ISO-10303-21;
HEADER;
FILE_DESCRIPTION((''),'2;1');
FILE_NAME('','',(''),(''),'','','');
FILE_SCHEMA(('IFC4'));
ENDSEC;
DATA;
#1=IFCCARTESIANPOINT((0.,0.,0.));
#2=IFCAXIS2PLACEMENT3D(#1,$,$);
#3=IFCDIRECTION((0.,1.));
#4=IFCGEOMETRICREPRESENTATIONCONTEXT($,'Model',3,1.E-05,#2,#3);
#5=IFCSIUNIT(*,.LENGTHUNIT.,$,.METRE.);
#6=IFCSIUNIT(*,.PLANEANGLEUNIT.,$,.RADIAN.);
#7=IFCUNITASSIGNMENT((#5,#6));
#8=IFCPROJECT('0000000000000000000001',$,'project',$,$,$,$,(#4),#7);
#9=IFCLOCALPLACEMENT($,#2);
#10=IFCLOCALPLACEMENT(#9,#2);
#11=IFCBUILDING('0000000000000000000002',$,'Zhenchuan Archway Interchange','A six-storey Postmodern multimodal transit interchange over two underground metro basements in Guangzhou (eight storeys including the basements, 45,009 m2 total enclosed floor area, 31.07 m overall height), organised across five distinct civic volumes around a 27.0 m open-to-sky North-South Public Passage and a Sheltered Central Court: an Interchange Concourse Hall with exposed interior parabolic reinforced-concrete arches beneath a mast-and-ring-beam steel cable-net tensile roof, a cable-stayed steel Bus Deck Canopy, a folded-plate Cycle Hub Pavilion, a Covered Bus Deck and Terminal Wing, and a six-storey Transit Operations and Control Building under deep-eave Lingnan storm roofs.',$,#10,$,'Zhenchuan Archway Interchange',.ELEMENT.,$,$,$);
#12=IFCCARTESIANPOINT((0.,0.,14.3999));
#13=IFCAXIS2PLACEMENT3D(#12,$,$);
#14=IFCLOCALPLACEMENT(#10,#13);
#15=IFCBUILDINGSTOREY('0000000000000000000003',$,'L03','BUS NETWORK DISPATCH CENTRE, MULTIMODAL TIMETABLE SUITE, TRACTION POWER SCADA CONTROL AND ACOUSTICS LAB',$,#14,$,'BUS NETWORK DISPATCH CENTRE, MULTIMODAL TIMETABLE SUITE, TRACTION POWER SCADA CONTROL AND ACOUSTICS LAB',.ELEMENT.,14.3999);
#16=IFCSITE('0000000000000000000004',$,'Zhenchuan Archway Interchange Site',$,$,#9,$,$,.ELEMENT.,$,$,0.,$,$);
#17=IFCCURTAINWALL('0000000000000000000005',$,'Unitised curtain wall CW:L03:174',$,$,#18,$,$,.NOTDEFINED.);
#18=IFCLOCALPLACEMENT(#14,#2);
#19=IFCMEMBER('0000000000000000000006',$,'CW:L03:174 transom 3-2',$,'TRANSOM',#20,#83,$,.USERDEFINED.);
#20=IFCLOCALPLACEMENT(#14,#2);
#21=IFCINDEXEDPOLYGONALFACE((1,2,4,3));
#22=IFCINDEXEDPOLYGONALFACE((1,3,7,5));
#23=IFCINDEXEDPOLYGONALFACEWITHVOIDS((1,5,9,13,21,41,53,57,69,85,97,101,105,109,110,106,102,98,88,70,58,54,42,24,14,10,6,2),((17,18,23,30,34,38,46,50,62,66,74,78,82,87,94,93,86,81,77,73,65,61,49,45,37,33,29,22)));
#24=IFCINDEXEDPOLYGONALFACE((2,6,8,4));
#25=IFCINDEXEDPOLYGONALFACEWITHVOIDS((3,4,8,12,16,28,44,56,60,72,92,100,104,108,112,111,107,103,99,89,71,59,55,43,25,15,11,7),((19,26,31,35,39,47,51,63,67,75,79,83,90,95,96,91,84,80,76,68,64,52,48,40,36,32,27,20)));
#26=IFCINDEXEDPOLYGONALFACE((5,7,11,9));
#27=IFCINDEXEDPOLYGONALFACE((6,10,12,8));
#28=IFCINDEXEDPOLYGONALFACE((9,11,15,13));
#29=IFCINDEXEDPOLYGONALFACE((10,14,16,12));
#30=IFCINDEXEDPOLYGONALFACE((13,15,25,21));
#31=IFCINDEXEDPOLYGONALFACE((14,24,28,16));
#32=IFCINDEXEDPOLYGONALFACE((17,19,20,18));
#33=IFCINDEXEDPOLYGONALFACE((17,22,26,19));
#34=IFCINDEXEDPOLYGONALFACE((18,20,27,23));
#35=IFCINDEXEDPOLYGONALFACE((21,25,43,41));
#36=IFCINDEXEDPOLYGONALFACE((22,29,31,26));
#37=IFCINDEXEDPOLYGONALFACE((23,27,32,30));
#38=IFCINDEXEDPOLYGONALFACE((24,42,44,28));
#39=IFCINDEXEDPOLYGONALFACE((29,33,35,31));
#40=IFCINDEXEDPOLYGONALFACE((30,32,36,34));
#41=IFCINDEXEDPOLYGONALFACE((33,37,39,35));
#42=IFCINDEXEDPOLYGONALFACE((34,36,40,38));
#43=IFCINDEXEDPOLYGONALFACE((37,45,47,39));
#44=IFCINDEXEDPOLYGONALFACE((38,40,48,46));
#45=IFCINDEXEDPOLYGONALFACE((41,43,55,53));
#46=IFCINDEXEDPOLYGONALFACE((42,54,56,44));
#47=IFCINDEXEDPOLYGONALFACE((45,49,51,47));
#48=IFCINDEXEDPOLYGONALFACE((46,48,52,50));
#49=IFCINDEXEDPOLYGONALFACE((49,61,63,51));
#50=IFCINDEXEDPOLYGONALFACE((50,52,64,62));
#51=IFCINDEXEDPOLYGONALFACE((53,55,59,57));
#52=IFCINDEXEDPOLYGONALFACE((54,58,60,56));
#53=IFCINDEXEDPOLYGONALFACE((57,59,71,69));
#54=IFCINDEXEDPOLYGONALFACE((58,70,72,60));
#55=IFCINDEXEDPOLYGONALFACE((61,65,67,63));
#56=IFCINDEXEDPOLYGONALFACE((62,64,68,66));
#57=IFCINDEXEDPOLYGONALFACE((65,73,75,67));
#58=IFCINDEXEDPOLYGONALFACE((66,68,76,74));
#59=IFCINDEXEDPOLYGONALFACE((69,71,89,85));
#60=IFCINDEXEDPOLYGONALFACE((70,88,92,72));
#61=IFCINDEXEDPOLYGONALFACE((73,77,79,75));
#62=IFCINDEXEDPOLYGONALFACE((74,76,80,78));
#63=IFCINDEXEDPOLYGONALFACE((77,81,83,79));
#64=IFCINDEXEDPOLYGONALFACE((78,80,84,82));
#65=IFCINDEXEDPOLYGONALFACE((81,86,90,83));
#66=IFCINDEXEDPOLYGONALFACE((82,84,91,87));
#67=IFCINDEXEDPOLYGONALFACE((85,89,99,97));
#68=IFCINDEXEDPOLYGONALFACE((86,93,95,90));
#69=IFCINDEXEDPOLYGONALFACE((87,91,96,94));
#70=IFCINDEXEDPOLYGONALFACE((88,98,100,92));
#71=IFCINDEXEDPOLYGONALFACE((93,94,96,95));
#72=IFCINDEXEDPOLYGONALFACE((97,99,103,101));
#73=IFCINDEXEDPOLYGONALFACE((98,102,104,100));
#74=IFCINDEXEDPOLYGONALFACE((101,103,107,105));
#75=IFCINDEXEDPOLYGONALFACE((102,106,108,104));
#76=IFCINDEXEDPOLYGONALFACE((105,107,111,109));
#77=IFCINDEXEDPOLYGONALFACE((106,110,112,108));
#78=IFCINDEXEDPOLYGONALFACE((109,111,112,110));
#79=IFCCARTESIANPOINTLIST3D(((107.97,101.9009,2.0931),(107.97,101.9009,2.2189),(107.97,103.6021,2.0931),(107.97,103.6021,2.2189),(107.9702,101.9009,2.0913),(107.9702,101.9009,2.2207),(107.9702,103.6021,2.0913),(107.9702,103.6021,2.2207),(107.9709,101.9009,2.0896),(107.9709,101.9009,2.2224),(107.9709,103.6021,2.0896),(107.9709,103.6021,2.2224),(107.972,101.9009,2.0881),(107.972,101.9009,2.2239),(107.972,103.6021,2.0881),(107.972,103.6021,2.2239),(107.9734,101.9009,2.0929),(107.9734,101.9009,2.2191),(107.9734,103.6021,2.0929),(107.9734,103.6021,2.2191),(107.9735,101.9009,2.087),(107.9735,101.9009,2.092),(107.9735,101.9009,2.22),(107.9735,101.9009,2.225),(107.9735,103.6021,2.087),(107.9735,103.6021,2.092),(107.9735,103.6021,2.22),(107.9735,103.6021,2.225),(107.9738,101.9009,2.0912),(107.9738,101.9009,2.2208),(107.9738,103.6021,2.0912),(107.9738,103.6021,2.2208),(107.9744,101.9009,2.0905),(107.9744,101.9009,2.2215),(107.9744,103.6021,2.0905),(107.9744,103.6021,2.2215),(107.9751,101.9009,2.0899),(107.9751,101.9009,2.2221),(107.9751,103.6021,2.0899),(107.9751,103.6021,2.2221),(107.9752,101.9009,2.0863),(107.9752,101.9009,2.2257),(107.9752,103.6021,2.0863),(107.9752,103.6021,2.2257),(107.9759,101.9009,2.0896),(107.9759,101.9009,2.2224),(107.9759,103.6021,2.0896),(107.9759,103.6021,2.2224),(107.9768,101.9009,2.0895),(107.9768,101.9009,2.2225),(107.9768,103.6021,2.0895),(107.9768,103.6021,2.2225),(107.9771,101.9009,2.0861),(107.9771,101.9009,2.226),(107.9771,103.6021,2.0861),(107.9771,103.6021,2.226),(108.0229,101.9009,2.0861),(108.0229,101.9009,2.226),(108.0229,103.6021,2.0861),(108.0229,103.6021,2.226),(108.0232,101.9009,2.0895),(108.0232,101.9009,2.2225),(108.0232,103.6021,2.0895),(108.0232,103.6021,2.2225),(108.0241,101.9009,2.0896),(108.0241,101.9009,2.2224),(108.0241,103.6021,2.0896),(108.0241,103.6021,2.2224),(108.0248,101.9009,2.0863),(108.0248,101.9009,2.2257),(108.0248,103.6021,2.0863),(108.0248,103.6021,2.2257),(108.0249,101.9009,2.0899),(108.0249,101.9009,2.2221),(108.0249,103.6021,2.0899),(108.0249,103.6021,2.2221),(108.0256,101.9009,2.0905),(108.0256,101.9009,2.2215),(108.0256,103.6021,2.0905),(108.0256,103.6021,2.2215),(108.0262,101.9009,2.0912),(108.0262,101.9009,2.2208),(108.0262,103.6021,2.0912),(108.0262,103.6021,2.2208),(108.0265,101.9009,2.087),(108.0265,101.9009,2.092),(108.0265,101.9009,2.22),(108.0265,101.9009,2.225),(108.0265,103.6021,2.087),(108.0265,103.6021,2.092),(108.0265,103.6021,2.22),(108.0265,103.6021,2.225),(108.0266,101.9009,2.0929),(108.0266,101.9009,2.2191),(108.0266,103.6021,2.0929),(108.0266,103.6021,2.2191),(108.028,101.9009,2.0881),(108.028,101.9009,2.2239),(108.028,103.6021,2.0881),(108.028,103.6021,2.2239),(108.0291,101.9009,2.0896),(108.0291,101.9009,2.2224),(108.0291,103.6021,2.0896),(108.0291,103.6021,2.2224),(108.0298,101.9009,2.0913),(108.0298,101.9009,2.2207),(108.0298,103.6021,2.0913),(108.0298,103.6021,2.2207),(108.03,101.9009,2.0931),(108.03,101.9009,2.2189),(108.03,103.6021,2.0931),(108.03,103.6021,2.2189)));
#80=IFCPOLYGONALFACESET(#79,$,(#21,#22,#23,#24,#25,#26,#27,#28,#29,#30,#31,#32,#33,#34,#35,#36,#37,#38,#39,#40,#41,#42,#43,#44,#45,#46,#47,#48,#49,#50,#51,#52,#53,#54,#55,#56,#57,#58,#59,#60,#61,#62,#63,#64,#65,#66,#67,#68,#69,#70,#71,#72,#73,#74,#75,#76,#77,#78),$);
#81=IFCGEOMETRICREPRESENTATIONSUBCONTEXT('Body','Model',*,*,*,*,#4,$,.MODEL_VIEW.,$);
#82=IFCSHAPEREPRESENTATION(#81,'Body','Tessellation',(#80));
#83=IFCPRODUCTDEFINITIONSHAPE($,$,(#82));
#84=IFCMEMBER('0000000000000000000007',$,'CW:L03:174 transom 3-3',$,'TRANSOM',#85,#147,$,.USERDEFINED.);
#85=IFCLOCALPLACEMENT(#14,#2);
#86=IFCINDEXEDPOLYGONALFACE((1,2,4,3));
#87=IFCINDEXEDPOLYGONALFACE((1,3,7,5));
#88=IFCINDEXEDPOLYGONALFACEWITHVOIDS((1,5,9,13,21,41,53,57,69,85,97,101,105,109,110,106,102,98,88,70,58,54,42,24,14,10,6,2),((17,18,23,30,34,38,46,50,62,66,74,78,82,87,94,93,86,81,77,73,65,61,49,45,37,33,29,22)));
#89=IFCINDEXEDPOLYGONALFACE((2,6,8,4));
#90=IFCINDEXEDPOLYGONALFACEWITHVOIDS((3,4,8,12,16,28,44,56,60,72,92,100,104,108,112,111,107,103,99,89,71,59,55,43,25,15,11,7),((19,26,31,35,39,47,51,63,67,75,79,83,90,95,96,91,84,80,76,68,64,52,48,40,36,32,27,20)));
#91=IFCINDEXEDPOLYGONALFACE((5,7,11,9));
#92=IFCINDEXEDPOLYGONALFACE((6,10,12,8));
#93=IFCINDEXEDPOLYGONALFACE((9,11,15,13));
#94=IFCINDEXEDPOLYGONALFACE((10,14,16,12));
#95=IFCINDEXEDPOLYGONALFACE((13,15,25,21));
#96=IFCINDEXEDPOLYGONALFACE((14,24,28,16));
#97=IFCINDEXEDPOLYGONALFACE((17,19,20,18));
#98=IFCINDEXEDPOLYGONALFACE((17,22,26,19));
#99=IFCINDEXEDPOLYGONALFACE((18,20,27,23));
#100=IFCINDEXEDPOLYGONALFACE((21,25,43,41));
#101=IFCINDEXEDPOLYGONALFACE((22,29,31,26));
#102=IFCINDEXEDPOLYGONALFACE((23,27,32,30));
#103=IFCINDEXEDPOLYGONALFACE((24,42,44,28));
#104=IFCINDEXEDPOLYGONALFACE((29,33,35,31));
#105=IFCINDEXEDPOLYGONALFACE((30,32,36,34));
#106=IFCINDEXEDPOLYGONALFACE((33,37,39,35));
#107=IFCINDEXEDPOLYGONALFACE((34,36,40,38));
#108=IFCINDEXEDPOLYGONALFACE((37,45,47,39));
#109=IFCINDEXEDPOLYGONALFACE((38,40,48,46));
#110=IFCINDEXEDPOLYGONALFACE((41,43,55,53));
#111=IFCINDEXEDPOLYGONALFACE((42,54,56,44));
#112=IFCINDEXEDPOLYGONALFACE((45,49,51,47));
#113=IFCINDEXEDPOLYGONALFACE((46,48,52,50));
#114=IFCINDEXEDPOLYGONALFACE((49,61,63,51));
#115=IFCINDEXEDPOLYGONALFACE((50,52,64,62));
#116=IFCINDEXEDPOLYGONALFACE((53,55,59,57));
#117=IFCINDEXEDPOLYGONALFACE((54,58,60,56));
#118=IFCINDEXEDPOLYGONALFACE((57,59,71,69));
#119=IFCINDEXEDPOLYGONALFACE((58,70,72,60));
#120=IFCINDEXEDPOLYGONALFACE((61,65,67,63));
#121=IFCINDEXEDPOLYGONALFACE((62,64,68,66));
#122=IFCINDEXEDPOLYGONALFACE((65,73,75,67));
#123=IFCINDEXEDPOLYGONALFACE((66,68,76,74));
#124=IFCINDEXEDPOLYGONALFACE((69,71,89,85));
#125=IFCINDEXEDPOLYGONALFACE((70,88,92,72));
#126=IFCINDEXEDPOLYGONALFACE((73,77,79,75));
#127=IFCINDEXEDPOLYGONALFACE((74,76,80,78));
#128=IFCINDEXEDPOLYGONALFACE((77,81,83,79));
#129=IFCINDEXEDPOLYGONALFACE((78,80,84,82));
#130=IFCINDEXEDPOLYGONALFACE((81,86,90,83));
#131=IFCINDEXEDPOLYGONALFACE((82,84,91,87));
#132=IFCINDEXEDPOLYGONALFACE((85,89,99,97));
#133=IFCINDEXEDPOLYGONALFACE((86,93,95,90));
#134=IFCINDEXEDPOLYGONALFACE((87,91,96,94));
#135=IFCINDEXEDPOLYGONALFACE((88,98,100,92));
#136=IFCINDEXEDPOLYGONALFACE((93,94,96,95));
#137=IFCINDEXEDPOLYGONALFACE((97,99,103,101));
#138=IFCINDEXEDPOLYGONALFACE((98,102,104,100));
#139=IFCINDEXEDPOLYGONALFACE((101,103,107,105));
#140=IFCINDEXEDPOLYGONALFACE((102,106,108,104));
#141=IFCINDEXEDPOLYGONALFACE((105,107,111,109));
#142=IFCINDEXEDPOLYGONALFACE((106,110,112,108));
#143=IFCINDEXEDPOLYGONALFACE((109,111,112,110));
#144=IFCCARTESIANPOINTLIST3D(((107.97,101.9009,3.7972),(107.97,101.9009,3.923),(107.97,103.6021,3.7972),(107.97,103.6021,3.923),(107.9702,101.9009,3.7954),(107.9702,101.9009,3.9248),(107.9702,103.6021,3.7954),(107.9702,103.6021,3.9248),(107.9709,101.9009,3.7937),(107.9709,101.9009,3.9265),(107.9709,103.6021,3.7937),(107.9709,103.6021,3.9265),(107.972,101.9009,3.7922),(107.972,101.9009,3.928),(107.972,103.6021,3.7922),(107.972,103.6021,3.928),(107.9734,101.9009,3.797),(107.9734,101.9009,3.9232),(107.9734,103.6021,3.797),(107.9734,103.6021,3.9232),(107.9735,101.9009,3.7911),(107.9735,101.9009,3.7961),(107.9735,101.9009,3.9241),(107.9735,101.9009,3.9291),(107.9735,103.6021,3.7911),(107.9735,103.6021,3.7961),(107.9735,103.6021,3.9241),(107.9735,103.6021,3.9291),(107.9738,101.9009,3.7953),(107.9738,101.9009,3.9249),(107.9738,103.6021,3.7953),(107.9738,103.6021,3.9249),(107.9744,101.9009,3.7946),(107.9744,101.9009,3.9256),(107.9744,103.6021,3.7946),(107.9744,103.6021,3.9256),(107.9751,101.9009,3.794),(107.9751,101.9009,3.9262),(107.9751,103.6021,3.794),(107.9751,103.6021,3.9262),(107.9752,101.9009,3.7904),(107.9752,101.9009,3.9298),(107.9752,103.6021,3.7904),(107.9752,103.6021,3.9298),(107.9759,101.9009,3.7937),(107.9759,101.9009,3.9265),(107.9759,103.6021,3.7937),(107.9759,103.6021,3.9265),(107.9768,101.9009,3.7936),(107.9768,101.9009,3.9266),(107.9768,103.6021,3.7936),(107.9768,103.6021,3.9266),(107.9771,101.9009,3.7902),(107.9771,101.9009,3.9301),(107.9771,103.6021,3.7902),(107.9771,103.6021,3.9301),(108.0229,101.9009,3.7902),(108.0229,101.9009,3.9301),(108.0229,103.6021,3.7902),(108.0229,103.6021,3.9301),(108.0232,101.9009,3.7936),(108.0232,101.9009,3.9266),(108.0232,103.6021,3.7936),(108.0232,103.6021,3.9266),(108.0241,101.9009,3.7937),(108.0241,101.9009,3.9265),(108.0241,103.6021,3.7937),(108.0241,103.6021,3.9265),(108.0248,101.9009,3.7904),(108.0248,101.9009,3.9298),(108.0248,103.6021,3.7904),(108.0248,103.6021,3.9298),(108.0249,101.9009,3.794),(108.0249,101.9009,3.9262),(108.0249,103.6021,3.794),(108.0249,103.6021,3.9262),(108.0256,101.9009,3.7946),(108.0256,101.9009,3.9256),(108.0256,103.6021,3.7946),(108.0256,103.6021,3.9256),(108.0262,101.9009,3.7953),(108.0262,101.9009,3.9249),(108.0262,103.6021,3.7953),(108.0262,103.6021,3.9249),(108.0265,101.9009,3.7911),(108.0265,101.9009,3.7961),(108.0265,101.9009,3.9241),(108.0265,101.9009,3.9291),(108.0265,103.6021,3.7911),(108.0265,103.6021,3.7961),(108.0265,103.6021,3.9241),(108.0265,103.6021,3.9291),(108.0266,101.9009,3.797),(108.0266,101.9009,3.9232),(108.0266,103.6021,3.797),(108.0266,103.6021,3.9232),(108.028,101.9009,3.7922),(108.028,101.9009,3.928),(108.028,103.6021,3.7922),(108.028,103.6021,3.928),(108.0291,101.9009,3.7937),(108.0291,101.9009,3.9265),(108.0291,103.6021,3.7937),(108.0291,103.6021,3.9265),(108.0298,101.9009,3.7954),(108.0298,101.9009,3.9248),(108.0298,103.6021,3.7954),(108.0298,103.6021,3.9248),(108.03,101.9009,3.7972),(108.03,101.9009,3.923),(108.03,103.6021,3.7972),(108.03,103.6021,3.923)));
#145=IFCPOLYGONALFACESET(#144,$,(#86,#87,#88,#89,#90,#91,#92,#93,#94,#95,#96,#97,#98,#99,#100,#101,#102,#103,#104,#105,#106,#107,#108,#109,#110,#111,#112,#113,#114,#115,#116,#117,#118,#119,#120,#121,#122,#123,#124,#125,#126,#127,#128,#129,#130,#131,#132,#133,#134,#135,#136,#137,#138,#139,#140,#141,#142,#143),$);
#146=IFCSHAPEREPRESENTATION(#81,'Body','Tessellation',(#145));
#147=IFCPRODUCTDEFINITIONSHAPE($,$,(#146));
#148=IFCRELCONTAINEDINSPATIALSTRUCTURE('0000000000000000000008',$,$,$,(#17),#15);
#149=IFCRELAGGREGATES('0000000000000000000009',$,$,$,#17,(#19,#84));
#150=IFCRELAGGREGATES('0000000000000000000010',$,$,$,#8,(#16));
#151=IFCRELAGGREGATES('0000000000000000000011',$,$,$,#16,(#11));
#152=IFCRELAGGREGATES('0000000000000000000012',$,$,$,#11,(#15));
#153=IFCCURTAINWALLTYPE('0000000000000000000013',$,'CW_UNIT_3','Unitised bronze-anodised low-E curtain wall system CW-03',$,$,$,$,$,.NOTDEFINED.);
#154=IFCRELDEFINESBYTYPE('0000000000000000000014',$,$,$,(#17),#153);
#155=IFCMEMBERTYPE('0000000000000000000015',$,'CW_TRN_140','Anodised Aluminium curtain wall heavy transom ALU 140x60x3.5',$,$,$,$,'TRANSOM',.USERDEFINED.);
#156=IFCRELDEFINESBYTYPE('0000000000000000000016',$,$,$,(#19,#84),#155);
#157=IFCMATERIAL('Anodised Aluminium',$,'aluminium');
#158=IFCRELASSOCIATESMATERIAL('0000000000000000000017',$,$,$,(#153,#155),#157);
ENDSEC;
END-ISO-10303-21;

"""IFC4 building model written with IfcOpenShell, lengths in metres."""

from ifc_helpers import new_model, si_unit, direction, frame, origin, origin_2d, place, context, subcontext, project, spatial, hollow_rectangle, extrude, material, material_profile, profile_set, type_object, element, aggregate, save


model = new_model("IFC4")

# Units and contexts
model_context = context("Model", 3, precision=1e-05, world=origin(), true_north=direction((0.0, 1.0)))
body_context = subcontext(model_context, "Body", "Model", "MODEL_VIEW")
ifc_project = project(units=[si_unit("LENGTHUNIT", "METRE"), si_unit("PLANEANGLEUNIT", "RADIAN")], contexts=[model_context])

# Site, building, storey
site_placement = place(None, origin())
site = spatial("IfcSite", under=ifc_project, at=site_placement, Name="Zhenchuan Archway Interchange Site", CompositionType="ELEMENT", RefElevation=0.0)
building_placement = place(site_placement, origin())
building = spatial("IfcBuilding", under=site, at=building_placement, Name="Zhenchuan Archway Interchange", Description="A six-storey Postmodern multimodal transit interchange over two underground metro basements in Guangzhou (eight storeys including the basements, 45,009 m2 total enclosed floor area, 31.07 m overall height), organised across five distinct civic volumes around a 27.0 m open-to-sky North-South Public Passage and a Sheltered Central Court: an Interchange Concourse Hall with exposed interior parabolic reinforced-concrete arches beneath a mast-and-ring-beam steel cable-net tensile roof, a cable-stayed steel Bus Deck Canopy, a folded-plate Cycle Hub Pavilion, a Covered Bus Deck and Terminal Wing, and a six-storey Transit Operations and Control Building under deep-eave Lingnan storm roofs.", LongName="Zhenchuan Archway Interchange", CompositionType="ELEMENT")
storey_placement = place(building_placement, frame((0.0, 0.0, 14.3999)))
storey = spatial("IfcBuildingStorey", under=building, at=storey_placement, Name="L03", Description="BUS NETWORK DISPATCH CENTRE, MULTIMODAL TIMETABLE SUITE, TRACTION POWER SCADA CONTROL AND ACOUSTICS LAB", LongName="BUS NETWORK DISPATCH CENTRE, MULTIMODAL TIMETABLE SUITE, TRACTION POWER SCADA CONTROL AND ACOUSTICS LAB", CompositionType="ELEMENT", Elevation=14.3999)

# Curtain wall
ifc_material_1 = material(Name="Anodised Aluminium", Category="aluminium")
curtain_wall_type_1 = type_object("IfcCurtainWallType", Name="CW_UNIT_3", Description="Unitised bronze-anodised low-E curtain wall system CW-03", PredefinedType="NOTDEFINED", material=ifc_material_1)
curtain_wall_1_placement = place(storey_placement, origin())
curtain_wall_1 = element("IfcCurtainWall", 1, at=curtain_wall_1_placement, inside=storey, type_object=curtain_wall_type_1, Name="Unitised curtain wall CW:L03:174", PredefinedType="NOTDEFINED")

# Members
ifc_material_profile_1 = material_profile(ifc_material_1, hollow_rectangle(XDim=0.0601, YDim=0.1399, WallThickness=0.0034, InnerFilletRadius=0.0034, OuterFilletRadius=0.0071, at=origin_2d()), Name="ALU 140x60x3.5")
ifc_profile_set_1 = profile_set([ifc_material_profile_1], Name="Anodised Aluminium")
member_type_1 = type_object("IfcMemberType", Name="CW_TRN_140", Description="Anodised Aluminium curtain wall heavy transom ALU 140x60x3.5", ElementType="TRANSOM", PredefinedType="USERDEFINED", material=ifc_profile_set_1)
member_1_placement = place(storey_placement, frame((108.0, 101.9009, 2.156), z_axis=(0.0, 1.0, 0.0), x_axis=(-1.0, 0.0, 0.0)))
member_1 = element("IfcMember", 2, at=member_1_placement, type_object=member_type_1, Name="CW:L03:174 transom 3-2", ObjectType="TRANSOM", PredefinedType="USERDEFINED", context=body_context, shape_type="SweptSolid", body=[
    extrude(hollow_rectangle(XDim=0.0601, YDim=0.1399, WallThickness=0.0034, InnerFilletRadius=0.0034, OuterFilletRadius=0.0071, at=origin_2d()), origin(), (0.0, 0.0, 1.0), 1.7012),
])
member_2_placement = place(storey_placement, frame((108.0, 101.9009, 3.8601), z_axis=(0.0, 1.0, 0.0), x_axis=(-1.0, 0.0, 0.0)))
member_2 = element("IfcMember", 3, at=member_2_placement, type_object=member_type_1, Name="CW:L03:174 transom 3-3", ObjectType="TRANSOM", PredefinedType="USERDEFINED", context=body_context, shape_type="SweptSolid", body=[
    extrude(hollow_rectangle(XDim=0.0601, YDim=0.1399, WallThickness=0.0034, InnerFilletRadius=0.0034, OuterFilletRadius=0.0071, at=origin_2d()), origin(), (0.0, 0.0, 1.0), 1.7012),
])

aggregate(curtain_wall_1, [member_1, member_2])

save(model, "model.ifc")
